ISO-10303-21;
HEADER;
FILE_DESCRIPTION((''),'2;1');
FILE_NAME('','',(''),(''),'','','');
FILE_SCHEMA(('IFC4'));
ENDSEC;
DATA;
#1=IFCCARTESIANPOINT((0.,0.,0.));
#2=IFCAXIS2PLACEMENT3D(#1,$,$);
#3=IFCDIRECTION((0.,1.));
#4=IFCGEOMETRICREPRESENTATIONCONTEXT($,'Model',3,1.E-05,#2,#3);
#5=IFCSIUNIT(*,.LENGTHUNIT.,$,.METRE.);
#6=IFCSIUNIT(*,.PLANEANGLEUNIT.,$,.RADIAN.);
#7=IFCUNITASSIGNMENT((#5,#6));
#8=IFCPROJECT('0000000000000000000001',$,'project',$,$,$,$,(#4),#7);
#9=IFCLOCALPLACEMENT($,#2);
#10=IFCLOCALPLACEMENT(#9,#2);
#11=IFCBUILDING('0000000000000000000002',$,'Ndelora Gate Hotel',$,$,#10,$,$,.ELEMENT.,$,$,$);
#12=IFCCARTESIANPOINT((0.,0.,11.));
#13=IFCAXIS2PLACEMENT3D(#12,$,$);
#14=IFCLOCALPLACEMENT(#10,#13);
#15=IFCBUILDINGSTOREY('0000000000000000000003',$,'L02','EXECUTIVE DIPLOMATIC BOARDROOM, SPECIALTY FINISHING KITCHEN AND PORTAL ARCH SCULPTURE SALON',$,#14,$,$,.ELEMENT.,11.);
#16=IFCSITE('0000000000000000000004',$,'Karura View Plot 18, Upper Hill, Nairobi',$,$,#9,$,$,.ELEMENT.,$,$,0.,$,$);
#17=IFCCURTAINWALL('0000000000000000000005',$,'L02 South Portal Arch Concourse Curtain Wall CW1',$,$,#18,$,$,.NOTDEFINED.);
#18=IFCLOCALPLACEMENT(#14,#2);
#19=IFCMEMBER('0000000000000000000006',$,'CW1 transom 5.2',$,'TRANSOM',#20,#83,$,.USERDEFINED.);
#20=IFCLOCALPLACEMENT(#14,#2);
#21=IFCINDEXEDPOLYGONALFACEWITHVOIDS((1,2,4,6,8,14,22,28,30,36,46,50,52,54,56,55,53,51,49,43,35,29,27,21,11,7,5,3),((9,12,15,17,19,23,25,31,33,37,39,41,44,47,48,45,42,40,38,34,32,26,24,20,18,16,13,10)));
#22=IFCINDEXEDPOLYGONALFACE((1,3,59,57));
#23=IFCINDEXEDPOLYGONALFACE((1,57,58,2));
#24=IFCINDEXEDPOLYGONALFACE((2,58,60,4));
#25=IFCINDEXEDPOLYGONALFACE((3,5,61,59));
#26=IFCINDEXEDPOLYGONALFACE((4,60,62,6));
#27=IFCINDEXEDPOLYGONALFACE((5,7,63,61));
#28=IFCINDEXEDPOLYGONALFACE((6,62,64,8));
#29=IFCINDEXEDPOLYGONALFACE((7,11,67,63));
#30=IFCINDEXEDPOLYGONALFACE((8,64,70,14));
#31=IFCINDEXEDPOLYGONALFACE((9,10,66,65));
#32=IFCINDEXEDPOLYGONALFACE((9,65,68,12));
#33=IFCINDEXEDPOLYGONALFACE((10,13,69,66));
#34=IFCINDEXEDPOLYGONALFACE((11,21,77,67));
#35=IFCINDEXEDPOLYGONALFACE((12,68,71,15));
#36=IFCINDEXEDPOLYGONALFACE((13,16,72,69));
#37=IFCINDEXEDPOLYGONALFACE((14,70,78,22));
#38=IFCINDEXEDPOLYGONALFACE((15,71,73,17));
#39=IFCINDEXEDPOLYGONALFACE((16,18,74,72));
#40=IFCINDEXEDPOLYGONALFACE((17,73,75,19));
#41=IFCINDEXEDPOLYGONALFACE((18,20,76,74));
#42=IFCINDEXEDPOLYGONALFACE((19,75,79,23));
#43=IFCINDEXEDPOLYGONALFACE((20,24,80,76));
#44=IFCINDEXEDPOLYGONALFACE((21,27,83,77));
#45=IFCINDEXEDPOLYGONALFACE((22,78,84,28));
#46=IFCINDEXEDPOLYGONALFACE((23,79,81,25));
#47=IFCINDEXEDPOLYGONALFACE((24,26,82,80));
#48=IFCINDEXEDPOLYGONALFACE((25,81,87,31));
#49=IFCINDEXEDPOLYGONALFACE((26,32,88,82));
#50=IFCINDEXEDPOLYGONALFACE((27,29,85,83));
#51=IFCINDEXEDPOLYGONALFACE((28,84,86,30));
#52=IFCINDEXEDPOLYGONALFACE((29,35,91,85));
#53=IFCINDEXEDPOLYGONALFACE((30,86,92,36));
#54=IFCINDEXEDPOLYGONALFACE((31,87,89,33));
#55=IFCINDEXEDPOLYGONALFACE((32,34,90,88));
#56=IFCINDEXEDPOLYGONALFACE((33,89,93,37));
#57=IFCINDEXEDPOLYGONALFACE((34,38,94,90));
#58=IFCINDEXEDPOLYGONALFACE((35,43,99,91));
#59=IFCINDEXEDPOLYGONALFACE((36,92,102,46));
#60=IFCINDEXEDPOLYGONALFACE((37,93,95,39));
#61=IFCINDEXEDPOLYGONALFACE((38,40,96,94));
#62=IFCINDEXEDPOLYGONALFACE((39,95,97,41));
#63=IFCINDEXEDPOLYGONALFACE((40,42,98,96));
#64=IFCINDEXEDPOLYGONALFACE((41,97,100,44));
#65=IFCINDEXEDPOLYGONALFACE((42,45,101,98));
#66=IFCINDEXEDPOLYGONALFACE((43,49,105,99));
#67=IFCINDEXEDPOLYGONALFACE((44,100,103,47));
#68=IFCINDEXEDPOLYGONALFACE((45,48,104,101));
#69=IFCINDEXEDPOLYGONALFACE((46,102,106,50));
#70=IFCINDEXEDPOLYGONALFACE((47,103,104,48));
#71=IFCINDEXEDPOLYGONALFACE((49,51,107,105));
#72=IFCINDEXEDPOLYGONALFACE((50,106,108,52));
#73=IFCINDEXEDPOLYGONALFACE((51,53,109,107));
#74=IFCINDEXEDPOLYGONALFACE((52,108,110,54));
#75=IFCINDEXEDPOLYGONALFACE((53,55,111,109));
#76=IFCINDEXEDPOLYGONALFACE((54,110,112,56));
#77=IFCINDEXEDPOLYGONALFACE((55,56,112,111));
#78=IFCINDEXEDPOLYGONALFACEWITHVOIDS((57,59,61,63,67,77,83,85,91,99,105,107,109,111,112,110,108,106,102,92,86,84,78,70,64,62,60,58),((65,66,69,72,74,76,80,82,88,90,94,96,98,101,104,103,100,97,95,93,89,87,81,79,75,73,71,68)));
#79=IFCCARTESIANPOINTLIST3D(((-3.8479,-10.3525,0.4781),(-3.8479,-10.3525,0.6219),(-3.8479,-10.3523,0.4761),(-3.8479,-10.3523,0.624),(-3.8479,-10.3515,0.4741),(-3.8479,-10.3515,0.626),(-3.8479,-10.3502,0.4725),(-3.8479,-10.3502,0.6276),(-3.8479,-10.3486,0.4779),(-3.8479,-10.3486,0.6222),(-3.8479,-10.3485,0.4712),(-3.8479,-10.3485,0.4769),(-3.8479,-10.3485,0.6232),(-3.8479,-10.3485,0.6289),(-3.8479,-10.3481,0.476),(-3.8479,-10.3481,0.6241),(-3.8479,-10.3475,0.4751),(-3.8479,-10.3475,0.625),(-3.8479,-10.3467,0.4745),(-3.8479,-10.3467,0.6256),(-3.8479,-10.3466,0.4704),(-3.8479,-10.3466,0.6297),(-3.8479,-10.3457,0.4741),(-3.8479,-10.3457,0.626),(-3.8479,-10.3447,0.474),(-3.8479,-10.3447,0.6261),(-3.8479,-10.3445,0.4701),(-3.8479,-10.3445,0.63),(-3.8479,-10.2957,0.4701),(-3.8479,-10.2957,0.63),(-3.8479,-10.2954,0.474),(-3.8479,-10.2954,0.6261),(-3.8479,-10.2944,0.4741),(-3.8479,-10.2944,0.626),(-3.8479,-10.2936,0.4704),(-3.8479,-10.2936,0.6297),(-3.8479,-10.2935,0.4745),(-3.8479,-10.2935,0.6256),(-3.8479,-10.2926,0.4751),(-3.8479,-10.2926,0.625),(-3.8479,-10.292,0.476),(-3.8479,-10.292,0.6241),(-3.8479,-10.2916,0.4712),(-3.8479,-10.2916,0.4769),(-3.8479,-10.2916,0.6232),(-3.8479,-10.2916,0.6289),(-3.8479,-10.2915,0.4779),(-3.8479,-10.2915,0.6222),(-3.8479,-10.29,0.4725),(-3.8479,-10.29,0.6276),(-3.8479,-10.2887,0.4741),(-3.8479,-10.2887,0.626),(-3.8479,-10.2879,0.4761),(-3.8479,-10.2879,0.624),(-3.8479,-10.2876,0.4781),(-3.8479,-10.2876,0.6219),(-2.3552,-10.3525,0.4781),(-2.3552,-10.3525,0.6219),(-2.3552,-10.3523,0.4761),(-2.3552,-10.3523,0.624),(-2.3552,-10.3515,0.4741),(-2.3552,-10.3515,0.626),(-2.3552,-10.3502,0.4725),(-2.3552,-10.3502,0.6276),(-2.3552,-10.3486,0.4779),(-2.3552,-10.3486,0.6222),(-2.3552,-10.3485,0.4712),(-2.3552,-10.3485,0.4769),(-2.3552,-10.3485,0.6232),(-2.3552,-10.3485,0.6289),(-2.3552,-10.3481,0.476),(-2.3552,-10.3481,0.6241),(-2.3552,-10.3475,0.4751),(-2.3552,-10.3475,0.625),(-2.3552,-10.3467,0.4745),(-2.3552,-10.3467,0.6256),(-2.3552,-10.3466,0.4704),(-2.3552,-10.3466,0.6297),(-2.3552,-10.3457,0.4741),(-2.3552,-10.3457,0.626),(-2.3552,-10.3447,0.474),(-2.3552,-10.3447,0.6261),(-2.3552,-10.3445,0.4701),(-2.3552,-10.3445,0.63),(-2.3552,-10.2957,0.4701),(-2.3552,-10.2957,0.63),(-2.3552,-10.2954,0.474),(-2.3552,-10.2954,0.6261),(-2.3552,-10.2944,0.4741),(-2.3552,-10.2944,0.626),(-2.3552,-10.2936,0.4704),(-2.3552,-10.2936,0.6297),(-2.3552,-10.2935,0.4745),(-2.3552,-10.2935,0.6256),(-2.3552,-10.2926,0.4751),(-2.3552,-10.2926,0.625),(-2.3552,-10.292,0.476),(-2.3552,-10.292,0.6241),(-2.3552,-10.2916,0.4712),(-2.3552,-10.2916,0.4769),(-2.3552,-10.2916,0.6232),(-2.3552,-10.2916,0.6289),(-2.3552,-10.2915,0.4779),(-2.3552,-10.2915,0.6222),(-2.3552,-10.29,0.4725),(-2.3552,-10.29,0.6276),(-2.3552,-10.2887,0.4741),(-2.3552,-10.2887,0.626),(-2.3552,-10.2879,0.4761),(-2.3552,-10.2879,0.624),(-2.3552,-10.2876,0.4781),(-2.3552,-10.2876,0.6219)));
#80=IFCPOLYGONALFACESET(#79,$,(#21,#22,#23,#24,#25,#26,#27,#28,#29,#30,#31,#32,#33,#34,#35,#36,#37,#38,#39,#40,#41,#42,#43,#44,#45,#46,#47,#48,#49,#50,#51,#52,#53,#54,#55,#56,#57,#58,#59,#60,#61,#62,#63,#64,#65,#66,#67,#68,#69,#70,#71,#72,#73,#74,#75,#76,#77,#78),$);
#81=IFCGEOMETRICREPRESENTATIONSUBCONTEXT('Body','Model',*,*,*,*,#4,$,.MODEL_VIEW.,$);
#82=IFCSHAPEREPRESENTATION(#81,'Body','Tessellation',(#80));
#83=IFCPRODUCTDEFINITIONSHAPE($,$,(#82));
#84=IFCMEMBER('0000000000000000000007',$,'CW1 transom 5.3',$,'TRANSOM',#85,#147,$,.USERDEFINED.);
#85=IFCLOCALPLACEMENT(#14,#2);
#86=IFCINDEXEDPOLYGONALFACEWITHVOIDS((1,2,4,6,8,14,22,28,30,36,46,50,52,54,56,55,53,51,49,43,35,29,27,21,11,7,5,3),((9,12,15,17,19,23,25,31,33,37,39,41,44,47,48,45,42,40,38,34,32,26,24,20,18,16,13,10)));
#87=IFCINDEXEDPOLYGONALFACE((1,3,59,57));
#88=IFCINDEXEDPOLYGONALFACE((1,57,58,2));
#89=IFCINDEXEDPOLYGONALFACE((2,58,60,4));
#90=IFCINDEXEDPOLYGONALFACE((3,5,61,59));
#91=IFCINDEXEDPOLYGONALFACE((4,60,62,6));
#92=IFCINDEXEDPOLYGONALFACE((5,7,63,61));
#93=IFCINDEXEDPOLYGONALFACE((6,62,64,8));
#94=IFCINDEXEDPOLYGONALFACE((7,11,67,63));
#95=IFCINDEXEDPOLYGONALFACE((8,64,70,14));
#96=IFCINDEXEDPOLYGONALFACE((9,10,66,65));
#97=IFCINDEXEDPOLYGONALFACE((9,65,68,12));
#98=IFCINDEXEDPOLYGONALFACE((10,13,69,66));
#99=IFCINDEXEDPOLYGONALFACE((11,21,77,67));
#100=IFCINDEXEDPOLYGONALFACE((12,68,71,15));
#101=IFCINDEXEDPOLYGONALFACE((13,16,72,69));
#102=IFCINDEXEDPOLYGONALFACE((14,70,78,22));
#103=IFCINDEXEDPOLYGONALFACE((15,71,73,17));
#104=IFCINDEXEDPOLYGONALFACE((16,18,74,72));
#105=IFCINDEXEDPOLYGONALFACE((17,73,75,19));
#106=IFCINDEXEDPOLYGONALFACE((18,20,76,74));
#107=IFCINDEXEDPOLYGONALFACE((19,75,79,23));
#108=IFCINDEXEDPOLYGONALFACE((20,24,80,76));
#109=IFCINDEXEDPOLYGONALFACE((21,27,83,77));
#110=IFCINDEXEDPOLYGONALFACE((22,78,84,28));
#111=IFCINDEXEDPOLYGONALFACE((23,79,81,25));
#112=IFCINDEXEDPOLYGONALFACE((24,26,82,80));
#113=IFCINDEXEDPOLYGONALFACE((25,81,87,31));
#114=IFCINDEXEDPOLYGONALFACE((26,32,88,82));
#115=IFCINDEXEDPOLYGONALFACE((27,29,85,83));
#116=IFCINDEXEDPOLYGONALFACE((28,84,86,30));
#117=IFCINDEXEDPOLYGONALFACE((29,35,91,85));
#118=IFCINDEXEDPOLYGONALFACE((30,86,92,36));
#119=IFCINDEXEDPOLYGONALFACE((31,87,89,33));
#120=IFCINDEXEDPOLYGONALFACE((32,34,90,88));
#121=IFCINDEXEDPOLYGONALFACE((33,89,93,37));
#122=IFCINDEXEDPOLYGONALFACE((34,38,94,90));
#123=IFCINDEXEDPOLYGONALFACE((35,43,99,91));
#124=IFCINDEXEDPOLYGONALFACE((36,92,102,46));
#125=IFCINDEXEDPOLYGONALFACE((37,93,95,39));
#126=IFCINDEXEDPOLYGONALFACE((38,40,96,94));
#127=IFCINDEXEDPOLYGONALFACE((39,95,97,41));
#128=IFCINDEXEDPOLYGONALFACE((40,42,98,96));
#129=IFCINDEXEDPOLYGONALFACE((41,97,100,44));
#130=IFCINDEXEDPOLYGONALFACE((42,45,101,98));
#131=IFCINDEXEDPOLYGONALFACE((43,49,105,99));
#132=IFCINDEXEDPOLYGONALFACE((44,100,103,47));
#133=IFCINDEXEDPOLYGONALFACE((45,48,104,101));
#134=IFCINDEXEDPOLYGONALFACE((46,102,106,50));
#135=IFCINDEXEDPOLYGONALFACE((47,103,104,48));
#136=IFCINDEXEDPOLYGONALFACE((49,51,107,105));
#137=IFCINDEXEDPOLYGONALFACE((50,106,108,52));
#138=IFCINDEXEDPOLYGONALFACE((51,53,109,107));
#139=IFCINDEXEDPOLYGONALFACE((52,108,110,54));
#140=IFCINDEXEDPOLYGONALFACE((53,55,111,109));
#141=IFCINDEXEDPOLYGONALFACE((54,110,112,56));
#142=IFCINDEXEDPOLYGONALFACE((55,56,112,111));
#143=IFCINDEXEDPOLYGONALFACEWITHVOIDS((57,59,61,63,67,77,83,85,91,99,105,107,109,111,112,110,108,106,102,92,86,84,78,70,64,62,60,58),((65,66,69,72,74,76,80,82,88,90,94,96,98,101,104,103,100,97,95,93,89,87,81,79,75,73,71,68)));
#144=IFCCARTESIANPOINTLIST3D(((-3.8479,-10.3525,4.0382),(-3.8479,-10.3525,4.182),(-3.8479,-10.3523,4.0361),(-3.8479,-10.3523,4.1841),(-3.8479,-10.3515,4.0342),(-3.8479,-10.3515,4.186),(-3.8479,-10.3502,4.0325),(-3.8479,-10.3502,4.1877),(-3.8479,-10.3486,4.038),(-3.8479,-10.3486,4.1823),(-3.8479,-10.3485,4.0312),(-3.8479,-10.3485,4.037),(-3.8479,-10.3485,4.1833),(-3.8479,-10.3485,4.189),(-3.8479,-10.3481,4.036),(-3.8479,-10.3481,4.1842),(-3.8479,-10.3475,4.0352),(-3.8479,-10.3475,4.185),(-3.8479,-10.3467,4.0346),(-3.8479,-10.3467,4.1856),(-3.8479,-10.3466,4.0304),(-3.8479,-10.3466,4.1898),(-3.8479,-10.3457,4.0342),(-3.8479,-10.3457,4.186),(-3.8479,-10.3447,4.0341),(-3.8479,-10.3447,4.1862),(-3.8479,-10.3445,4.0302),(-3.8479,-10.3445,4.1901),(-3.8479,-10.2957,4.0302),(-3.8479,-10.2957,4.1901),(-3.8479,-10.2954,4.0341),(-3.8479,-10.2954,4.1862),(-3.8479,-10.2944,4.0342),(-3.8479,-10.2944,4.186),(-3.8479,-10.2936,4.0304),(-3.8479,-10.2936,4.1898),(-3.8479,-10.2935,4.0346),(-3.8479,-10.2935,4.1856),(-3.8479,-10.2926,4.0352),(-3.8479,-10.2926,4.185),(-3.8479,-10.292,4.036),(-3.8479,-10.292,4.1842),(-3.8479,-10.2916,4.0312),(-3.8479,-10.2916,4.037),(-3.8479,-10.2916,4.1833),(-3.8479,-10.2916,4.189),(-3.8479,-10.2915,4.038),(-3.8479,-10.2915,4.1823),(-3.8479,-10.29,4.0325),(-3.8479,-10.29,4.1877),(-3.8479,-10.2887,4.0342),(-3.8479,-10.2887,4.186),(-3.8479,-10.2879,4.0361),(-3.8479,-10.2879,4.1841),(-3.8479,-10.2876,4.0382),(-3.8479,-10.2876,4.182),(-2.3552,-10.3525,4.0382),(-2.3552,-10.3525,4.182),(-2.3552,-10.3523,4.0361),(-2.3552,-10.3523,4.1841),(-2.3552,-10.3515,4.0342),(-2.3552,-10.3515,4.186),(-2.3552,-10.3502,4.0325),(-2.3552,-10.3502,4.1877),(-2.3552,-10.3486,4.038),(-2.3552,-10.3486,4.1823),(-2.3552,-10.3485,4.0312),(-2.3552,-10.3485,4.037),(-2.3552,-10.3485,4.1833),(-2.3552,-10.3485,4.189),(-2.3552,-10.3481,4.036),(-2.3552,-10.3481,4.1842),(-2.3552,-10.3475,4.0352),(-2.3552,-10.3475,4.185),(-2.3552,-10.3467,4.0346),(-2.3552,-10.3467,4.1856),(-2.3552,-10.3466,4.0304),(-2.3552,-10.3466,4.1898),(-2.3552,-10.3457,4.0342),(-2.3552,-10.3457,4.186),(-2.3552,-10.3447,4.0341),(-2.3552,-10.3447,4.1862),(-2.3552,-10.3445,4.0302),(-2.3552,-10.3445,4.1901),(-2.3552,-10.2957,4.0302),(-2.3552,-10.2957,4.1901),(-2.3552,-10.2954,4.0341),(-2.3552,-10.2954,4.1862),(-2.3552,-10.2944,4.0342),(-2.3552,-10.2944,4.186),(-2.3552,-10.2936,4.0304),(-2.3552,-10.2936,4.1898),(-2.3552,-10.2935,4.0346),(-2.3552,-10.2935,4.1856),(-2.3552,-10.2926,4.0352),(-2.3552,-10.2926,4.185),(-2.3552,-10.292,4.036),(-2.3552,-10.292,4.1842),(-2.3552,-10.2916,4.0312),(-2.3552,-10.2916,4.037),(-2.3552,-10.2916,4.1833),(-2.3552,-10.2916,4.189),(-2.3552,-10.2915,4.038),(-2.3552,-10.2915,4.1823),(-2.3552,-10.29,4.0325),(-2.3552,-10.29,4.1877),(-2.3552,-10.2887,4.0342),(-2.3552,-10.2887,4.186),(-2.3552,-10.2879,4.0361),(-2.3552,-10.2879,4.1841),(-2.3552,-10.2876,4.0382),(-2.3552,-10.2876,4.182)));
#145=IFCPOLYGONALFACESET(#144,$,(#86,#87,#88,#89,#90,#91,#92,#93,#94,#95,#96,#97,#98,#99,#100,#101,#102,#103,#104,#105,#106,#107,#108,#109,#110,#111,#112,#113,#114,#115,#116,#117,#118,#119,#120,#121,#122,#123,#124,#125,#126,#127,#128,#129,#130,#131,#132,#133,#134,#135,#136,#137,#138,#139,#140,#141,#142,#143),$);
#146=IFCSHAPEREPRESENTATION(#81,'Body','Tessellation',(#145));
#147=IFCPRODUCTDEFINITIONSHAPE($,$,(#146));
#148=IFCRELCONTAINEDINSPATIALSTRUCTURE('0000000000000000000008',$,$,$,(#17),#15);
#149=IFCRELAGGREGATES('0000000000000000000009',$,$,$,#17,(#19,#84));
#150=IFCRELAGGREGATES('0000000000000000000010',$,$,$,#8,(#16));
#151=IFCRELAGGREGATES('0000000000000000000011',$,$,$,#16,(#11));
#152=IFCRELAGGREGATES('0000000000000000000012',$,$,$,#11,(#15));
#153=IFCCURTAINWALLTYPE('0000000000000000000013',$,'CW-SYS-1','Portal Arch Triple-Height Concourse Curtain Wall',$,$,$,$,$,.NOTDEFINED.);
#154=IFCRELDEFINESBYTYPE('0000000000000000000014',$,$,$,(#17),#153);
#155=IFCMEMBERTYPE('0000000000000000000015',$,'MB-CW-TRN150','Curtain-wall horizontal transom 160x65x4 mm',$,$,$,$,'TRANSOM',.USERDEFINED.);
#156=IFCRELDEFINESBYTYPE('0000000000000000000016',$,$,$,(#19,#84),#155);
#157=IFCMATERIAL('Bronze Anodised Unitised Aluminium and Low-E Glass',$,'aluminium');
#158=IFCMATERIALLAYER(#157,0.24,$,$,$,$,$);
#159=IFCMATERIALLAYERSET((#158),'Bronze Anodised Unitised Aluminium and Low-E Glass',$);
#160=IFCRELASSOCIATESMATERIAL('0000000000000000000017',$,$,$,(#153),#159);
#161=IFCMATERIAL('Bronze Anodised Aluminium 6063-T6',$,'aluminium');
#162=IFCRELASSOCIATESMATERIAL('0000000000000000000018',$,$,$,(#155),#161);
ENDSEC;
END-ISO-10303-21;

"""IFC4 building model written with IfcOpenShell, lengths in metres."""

from ifc_helpers import new_model, si_unit, direction, frame, origin, origin_2d, place, context, subcontext, project, spatial, hollow_rectangle, extrude, material, layer, layer_set, material_profile, profile_set, type_object, element, aggregate, save


model = new_model("IFC4")

# Units and contexts
model_context = context("Model", 3, precision=1e-05, world=origin(), true_north=direction((0.0, 1.0)))
body_context = subcontext(model_context, "Body", "Model", "MODEL_VIEW")
ifc_project = project(units=[si_unit("LENGTHUNIT", "METRE"), si_unit("PLANEANGLEUNIT", "RADIAN")], contexts=[model_context])

# Site, building, storey
site_placement = place(None, origin())
site = spatial("IfcSite", under=ifc_project, at=site_placement, Name="Karura View Plot 18, Upper Hill, Nairobi", CompositionType="ELEMENT", RefElevation=0.0)
building_placement = place(site_placement, origin())
building = spatial("IfcBuilding", under=site, at=building_placement, Name="Ndelora Gate Hotel", CompositionType="ELEMENT")
storey_placement = place(building_placement, frame((0.0, 0.0, 11.0)))
storey = spatial("IfcBuildingStorey", under=building, at=storey_placement, Name="L02", Description="EXECUTIVE DIPLOMATIC BOARDROOM, SPECIALTY FINISHING KITCHEN AND PORTAL ARCH SCULPTURE SALON", CompositionType="ELEMENT", Elevation=11.0)

# Curtain wall, members
ifc_material_1 = material(Name="Bronze Anodised Unitised Aluminium and Low-E Glass", Category="aluminium")
ifc_layer_1 = layer(ifc_material_1, 0.24)
ifc_layer_set_1 = layer_set([ifc_layer_1], Name="Bronze Anodised Unitised Aluminium and Low-E Glass")
curtain_wall_type = type_object("IfcCurtainWallType", Name="CW-SYS-1", Description="Portal Arch Triple-Height Concourse Curtain Wall", PredefinedType="NOTDEFINED", material=ifc_layer_set_1)
curtain_wall_placement = place(storey_placement, origin())
curtain_wall = element("IfcCurtainWall", 1, at=curtain_wall_placement, inside=storey, type_object=curtain_wall_type, Name="L02 South Portal Arch Concourse Curtain Wall CW1", PredefinedType="NOTDEFINED")
ifc_material_2 = material(Name="Bronze Anodised Aluminium 6063-T6", Category="aluminium")
ifc_material_profile_1 = material_profile(ifc_material_2, hollow_rectangle(XDim=0.0649, YDim=0.1599, WallThickness=0.0039, InnerFilletRadius=0.0039, OuterFilletRadius=0.0081, at=origin_2d()), Name="ALU 160x65x4")
ifc_profile_set_1 = profile_set([ifc_material_profile_1], Name="Bronze Anodised Aluminium 6063-T6")
member_type_1 = type_object("IfcMemberType", Name="MB-CW-TRN150", Description="Curtain-wall horizontal transom 160x65x4 mm", ElementType="TRANSOM", PredefinedType="USERDEFINED", material=ifc_profile_set_1)
member_1_placement = place(storey_placement, frame((-3.8479, -10.3201, 0.55), z_axis=(1.0, 0.0, 0.0), x_axis=(0.0, 1.0, 0.0)))
member_1 = element("IfcMember", 2, at=member_1_placement, type_object=member_type_1, Name="CW1 transom 5.2", ObjectType="TRANSOM", PredefinedType="USERDEFINED", context=body_context, shape_type="SweptSolid", body=[
    extrude(hollow_rectangle(XDim=0.0649, YDim=0.1599, WallThickness=0.0039, InnerFilletRadius=0.0039, OuterFilletRadius=0.0081, at=origin_2d()), origin(), (0.0, 0.0, 1.0), 1.4927),
])
member_2_placement = place(storey_placement, frame((-3.8479, -10.3201, 4.1101), z_axis=(1.0, 0.0, 0.0), x_axis=(0.0, 1.0, 0.0)))
member_2 = element("IfcMember", 3, at=member_2_placement, type_object=member_type_1, Name="CW1 transom 5.3", ObjectType="TRANSOM", PredefinedType="USERDEFINED", context=body_context, shape_type="SweptSolid", body=[
    extrude(hollow_rectangle(XDim=0.0649, YDim=0.1599, WallThickness=0.0039, InnerFilletRadius=0.0039, OuterFilletRadius=0.0081, at=origin_2d()), origin(), (0.0, 0.0, 1.0), 1.4927),
])
aggregate(curtain_wall, [member_1, member_2])

save(model, "model.ifc")
